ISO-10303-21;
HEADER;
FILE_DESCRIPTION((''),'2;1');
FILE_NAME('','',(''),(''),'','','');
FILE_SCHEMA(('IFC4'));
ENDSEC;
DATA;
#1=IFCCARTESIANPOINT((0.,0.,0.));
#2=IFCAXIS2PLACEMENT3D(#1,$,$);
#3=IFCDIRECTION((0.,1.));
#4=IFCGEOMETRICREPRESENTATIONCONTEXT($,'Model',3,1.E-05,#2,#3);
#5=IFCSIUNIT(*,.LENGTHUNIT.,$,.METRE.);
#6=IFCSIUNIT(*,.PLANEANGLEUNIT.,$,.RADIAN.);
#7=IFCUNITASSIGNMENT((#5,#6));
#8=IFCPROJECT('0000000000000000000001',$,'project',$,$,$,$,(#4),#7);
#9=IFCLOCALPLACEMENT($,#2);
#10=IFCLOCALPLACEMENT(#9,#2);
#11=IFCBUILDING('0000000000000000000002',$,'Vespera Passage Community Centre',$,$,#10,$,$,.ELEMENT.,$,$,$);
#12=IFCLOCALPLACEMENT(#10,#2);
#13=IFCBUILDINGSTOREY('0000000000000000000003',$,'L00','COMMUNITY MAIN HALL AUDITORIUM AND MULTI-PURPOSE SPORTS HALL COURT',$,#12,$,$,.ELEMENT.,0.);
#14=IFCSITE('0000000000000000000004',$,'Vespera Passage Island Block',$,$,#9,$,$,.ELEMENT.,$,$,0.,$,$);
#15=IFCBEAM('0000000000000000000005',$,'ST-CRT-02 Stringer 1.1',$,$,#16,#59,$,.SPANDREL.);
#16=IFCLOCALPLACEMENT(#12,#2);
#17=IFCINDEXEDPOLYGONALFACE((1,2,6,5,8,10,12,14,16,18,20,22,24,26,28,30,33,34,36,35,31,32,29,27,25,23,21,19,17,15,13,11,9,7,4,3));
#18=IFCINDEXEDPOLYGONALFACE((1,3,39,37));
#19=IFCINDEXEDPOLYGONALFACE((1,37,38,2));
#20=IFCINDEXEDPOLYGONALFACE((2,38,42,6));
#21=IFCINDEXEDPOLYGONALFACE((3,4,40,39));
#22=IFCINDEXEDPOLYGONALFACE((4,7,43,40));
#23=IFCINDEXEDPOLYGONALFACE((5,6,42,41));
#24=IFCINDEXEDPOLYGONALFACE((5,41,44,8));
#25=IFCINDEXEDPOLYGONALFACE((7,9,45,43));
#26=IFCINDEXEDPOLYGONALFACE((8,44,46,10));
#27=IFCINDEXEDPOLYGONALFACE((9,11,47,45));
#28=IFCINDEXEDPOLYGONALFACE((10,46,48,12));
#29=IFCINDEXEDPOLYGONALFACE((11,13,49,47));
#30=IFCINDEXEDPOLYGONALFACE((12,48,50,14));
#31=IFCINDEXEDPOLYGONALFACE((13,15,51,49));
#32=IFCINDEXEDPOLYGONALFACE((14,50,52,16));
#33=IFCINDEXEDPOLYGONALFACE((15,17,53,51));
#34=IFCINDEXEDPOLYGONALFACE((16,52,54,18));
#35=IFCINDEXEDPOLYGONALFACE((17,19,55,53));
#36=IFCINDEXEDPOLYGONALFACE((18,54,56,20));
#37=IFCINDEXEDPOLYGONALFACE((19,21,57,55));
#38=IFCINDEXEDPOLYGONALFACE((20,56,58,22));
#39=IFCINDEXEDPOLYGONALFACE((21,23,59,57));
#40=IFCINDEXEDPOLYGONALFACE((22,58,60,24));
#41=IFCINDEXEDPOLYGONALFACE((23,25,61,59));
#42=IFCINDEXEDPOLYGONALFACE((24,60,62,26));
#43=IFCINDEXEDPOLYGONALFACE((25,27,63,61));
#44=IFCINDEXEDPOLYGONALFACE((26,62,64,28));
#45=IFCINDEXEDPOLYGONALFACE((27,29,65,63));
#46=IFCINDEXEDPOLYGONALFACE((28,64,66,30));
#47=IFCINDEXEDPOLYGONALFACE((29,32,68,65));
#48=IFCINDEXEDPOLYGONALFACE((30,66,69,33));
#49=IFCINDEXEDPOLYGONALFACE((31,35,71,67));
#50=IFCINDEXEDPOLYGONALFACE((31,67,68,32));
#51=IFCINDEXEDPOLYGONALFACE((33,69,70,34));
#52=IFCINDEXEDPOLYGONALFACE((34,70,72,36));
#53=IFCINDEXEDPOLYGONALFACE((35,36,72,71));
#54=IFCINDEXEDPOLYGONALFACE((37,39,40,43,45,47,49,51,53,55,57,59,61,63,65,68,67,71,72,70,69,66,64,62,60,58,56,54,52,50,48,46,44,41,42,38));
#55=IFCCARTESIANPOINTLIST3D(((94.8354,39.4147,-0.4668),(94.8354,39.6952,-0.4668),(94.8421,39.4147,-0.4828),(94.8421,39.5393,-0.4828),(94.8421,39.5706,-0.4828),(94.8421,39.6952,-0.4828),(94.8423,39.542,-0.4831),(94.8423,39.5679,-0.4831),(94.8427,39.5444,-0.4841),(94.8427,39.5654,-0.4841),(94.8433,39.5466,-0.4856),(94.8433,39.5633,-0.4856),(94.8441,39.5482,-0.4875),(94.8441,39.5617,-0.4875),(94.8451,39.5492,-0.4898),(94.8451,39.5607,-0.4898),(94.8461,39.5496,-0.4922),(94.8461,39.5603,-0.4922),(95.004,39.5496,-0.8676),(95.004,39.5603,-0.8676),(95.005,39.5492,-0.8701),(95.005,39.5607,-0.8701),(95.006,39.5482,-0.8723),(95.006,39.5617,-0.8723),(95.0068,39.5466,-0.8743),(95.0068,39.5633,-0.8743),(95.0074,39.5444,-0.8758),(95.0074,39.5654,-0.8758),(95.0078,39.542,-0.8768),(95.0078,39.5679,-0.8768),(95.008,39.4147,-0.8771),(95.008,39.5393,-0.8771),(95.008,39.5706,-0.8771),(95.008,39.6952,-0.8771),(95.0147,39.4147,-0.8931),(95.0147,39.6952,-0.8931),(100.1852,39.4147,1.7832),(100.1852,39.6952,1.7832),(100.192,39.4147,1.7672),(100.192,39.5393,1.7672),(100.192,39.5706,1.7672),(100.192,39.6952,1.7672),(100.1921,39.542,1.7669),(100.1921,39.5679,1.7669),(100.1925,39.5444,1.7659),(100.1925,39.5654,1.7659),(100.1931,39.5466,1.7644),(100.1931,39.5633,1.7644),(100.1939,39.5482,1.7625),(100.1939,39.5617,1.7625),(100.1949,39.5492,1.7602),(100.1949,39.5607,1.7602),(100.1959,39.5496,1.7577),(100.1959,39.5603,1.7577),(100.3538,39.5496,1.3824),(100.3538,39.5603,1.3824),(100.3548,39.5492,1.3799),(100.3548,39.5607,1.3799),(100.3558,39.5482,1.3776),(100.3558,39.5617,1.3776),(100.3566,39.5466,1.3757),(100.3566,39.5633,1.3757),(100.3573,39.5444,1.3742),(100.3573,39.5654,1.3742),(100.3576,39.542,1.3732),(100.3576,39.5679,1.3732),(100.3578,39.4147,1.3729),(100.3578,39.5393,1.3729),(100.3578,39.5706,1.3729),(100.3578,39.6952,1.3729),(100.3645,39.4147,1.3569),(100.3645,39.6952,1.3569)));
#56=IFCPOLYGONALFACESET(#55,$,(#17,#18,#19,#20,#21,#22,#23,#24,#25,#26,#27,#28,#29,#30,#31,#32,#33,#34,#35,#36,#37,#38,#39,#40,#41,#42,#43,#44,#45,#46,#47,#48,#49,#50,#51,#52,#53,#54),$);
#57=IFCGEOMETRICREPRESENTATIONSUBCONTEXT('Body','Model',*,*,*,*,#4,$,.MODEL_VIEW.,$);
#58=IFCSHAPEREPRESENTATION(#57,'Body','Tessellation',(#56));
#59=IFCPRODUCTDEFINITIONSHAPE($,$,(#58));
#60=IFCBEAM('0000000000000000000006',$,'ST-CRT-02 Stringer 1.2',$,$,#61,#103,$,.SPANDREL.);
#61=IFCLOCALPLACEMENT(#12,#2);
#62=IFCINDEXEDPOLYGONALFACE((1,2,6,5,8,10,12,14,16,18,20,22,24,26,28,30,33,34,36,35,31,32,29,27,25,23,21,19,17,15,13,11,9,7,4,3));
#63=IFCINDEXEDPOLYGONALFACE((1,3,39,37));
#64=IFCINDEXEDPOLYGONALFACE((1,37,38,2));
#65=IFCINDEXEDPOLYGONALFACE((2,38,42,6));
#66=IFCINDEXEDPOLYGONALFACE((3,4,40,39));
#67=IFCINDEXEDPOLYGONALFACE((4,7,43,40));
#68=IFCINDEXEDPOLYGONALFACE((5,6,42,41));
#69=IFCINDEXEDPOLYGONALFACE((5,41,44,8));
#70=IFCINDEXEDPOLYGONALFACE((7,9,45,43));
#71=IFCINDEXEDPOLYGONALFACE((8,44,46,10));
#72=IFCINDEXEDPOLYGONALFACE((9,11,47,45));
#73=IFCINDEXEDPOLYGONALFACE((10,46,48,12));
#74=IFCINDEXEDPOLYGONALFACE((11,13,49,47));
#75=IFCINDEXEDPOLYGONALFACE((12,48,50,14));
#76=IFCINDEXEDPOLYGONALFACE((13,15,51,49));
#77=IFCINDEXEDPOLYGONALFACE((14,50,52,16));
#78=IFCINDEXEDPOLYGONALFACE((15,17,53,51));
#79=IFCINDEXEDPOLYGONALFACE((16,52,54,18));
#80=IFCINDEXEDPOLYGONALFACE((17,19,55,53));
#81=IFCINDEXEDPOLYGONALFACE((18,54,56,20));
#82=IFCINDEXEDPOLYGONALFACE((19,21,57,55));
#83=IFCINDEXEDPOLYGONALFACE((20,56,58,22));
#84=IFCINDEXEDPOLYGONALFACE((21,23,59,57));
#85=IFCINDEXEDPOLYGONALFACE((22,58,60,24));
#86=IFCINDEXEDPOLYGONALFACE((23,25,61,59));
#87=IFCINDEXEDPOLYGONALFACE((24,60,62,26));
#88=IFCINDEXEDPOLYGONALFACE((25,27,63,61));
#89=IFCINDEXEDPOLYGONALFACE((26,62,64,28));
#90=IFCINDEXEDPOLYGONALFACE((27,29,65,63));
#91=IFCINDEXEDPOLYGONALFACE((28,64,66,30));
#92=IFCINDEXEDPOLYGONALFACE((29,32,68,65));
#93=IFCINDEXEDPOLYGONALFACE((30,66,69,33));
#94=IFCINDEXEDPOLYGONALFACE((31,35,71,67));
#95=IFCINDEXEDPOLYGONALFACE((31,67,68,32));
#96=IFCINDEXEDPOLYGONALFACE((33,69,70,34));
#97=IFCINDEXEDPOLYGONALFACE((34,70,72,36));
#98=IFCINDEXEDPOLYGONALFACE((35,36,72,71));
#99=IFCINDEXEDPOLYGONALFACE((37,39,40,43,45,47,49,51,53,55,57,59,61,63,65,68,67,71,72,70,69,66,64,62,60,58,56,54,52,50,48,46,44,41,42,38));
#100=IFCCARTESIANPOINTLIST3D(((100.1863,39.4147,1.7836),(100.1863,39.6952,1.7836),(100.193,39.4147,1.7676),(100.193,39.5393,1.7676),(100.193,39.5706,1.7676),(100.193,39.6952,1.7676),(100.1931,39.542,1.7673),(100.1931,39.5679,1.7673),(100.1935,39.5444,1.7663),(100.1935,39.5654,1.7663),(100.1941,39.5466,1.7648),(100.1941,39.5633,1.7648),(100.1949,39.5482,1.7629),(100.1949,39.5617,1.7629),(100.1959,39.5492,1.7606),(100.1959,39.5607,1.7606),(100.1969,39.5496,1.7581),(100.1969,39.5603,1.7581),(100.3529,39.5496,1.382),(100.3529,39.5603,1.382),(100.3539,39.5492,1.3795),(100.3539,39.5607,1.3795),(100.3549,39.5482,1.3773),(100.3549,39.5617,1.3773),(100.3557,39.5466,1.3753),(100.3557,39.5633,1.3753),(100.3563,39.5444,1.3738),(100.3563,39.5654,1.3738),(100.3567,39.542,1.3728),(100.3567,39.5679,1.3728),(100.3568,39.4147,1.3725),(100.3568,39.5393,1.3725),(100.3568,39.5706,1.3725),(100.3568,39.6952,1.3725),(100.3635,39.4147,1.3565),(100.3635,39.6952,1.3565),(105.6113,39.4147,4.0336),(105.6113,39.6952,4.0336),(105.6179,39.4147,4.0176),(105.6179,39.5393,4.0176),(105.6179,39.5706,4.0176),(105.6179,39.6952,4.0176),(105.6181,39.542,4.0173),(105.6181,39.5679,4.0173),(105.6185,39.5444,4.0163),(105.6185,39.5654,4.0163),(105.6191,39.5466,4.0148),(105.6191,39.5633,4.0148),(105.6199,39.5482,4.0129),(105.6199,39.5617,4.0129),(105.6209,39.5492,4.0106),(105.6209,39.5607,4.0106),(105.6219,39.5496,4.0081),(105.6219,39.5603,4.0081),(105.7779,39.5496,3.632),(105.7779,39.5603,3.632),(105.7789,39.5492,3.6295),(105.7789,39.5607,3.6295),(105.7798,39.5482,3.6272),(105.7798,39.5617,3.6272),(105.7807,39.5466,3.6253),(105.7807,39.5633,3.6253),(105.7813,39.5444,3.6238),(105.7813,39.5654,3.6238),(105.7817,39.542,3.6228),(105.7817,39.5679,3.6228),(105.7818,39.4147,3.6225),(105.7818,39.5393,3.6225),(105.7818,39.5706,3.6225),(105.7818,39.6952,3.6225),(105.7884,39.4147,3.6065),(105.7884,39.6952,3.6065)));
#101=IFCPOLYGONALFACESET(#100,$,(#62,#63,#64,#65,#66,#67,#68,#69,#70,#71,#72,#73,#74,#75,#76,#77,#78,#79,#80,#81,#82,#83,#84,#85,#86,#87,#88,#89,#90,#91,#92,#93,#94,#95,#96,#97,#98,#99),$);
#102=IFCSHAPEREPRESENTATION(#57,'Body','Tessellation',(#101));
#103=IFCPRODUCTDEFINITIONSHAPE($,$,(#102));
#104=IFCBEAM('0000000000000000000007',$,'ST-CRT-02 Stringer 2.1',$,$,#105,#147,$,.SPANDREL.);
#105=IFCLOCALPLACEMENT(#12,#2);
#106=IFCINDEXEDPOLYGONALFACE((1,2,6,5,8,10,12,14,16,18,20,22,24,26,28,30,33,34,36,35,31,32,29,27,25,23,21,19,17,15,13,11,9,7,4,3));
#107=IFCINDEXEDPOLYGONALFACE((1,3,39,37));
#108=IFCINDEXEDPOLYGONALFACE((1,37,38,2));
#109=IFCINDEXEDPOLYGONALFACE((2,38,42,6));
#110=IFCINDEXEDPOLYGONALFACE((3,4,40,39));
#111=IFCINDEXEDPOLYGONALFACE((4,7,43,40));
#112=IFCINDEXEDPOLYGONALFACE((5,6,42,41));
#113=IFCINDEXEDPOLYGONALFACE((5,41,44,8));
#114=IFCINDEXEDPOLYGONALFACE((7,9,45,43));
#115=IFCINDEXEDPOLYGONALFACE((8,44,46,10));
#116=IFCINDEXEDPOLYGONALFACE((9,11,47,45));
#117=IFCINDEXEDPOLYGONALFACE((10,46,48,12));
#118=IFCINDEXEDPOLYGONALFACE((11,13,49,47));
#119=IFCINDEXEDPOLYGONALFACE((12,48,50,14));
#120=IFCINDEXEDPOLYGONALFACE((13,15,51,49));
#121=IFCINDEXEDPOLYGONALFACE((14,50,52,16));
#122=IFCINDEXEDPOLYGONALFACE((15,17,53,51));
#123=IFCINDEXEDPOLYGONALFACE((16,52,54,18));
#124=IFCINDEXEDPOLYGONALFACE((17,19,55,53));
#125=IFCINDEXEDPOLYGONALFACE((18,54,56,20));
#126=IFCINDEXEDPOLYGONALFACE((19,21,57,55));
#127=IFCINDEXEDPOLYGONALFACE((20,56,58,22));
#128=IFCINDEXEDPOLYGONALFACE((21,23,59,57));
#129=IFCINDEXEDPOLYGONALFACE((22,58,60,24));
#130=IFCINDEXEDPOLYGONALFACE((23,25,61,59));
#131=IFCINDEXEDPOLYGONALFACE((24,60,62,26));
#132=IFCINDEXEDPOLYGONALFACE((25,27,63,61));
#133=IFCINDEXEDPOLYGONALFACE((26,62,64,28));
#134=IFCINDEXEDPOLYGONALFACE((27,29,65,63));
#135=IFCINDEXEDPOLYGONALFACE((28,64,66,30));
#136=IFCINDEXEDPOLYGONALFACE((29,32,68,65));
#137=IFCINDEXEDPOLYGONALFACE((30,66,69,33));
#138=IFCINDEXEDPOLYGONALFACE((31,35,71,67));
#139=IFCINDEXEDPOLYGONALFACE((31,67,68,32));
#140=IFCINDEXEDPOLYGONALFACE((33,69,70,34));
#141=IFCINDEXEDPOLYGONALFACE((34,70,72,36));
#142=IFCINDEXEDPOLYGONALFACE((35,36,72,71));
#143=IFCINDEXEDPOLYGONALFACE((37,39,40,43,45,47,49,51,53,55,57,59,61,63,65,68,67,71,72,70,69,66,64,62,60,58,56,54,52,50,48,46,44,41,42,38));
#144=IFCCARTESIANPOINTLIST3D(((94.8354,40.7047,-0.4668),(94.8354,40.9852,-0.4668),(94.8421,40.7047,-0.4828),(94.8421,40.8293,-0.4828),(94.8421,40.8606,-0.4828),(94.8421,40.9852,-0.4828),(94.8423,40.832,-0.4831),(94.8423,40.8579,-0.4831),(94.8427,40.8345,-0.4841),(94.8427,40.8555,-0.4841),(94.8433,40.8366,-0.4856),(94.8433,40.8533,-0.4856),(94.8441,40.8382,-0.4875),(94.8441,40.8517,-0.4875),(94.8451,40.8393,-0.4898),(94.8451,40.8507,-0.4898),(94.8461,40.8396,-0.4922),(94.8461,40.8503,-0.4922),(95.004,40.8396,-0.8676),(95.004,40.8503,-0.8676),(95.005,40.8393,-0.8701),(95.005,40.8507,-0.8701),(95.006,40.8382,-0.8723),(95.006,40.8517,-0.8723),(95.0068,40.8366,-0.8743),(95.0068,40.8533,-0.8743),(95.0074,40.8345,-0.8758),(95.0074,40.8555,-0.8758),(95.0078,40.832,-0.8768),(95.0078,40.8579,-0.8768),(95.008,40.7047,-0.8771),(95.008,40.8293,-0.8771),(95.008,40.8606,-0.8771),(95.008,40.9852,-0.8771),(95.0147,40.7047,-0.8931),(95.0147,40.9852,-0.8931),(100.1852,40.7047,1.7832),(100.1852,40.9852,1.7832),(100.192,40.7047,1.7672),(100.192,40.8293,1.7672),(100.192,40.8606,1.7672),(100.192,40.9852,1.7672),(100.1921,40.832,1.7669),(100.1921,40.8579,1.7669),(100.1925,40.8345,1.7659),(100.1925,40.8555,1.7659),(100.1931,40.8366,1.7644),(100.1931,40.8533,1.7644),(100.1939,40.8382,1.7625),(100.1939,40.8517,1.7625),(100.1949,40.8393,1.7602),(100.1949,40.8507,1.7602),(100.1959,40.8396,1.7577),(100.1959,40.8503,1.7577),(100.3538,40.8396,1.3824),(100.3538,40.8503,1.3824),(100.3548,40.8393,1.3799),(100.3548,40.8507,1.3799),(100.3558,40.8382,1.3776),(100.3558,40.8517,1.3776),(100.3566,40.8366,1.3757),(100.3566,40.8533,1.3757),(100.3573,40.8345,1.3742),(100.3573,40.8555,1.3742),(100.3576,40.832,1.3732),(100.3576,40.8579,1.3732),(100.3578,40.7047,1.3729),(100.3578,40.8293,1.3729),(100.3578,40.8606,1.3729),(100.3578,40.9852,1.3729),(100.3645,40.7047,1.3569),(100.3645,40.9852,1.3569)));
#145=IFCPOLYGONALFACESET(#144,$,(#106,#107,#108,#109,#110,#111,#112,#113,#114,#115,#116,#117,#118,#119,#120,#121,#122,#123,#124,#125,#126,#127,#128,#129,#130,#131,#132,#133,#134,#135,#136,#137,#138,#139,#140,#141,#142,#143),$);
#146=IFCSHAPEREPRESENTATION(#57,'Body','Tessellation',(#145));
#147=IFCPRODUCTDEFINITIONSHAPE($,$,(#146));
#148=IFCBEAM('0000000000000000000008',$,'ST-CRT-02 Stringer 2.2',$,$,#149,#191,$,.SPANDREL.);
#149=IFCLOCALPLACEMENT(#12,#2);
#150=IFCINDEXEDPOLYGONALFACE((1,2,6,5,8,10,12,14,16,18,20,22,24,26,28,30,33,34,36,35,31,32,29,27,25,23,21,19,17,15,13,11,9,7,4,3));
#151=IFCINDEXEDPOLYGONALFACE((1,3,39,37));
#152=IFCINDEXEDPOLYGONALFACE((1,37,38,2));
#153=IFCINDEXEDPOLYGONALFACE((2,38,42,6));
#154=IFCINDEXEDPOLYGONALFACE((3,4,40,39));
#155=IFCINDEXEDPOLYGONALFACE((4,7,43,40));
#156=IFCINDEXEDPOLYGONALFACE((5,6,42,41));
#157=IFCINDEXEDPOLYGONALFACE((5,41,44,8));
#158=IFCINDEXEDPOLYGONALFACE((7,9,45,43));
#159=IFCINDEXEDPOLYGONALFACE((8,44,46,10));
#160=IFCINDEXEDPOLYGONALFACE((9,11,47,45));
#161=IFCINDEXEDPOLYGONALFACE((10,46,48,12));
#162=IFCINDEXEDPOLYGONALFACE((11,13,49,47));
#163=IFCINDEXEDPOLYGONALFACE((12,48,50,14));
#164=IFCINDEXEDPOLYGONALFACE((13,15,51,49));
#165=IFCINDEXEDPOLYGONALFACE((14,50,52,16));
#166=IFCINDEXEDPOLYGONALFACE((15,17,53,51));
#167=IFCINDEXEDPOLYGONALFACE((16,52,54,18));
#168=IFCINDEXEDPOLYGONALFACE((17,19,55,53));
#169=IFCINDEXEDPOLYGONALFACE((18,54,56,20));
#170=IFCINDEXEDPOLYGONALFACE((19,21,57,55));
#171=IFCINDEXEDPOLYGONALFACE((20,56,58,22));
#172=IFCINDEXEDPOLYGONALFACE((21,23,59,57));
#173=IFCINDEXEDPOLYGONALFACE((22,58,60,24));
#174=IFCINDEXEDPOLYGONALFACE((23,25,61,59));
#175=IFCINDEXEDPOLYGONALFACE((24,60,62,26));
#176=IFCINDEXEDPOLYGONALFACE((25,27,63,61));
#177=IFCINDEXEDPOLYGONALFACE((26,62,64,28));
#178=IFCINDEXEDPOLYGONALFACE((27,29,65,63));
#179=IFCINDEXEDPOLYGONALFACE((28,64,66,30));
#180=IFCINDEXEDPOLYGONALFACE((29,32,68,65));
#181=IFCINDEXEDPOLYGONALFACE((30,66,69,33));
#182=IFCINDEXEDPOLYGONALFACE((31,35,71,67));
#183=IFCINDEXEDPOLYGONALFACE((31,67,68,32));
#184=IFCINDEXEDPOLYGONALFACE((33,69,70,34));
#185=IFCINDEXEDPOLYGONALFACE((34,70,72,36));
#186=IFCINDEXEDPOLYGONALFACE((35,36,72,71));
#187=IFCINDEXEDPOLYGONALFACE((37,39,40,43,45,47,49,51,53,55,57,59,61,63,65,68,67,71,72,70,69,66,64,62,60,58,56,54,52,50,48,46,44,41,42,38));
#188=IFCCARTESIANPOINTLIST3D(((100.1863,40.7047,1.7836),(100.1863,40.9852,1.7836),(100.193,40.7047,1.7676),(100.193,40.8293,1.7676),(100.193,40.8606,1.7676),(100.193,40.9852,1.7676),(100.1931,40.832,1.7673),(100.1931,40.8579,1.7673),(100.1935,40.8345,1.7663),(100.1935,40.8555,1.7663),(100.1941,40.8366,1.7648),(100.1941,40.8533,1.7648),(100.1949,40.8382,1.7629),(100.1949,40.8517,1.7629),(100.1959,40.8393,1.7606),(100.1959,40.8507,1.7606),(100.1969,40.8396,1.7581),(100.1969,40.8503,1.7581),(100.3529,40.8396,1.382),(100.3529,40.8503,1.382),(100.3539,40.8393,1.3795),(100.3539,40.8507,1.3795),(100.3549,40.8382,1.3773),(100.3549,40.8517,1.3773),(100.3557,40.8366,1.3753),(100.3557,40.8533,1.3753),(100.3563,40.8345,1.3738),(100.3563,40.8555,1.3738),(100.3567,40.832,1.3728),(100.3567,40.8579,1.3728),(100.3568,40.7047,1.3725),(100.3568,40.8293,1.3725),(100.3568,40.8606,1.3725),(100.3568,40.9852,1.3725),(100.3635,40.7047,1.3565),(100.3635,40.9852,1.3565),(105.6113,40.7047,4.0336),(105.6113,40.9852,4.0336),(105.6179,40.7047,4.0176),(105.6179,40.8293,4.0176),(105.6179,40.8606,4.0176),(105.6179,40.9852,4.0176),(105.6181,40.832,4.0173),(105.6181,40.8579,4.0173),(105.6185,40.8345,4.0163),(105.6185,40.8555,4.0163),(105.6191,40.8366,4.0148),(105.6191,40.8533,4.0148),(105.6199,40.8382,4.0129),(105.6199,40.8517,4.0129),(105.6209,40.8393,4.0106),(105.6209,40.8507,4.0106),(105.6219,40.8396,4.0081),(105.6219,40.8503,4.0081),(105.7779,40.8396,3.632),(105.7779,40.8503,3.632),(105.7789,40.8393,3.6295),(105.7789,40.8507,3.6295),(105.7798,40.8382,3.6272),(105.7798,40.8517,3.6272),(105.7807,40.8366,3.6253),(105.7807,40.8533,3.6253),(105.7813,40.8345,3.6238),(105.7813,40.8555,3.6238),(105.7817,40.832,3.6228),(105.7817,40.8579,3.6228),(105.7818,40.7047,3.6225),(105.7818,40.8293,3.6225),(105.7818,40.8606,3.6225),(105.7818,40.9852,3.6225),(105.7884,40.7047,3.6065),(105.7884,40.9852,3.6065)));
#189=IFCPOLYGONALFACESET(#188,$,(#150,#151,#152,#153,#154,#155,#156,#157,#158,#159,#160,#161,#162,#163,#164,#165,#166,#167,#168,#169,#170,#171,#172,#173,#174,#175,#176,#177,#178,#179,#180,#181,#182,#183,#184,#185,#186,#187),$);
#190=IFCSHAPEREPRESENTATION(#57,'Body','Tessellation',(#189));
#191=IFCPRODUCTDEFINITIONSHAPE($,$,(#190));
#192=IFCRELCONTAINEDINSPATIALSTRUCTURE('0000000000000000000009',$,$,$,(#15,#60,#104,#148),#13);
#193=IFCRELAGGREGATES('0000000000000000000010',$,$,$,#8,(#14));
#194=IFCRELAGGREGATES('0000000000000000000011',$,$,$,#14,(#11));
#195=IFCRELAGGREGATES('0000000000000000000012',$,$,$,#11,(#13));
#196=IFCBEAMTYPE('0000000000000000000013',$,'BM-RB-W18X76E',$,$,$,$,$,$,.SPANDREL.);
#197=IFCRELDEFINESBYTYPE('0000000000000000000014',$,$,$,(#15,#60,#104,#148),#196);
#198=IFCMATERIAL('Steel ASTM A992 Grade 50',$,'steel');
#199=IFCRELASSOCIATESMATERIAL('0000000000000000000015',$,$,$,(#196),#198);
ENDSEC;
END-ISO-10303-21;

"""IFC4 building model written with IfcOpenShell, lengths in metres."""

from ifc_helpers import new_model, si_unit, direction, frame, origin, origin_2d, place, context, subcontext, project, spatial, i_section, extrude, material, material_profile, profile_set, type_object, element, save


model = new_model("IFC4")

# Units and contexts
model_context = context("Model", 3, precision=1e-05, world=origin(), true_north=direction((0.0, 1.0)))
body_context = subcontext(model_context, "Body", "Model", "MODEL_VIEW")
ifc_project = project(units=[si_unit("LENGTHUNIT", "METRE"), si_unit("PLANEANGLEUNIT", "RADIAN")], contexts=[model_context])

# Site, building, storey
site_placement = place(None, origin())
site = spatial("IfcSite", under=ifc_project, at=site_placement, Name="Vespera Passage Island Block", CompositionType="ELEMENT", RefElevation=0.0)
building_placement = place(site_placement, origin())
building = spatial("IfcBuilding", under=site, at=building_placement, Name="Vespera Passage Community Centre", CompositionType="ELEMENT")
storey_placement = place(building_placement, origin())
storey = spatial("IfcBuildingStorey", under=building, at=storey_placement, Name="L00", Description="COMMUNITY MAIN HALL AUDITORIUM AND MULTI-PURPOSE SPORTS HALL COURT", CompositionType="ELEMENT", Elevation=0.0)

# Beams
ifc_material_1 = material(Name="Steel ASTM A992 Grade 50", Category="steel")
ifc_material_profile_1 = material_profile(ifc_material_1, i_section(OverallWidth=0.2805, OverallDepth=0.4624, WebThickness=0.0107, FlangeThickness=0.0173, FilletRadius=0.0103, at=origin_2d()), Name="W18X76")
ifc_profile_set_1 = profile_set([ifc_material_profile_1], Name="Steel ASTM A992 Grade 50")
beam_type_1 = type_object("IfcBeamType", Name="BM-RB-W18X76E", PredefinedType="SPANDREL", material=ifc_profile_set_1)
beam_1_placement = place(storey_placement, frame((94.925, 39.5549, -0.6799), z_axis=(0.921794, 0.0, 0.387681), x_axis=(0.0, 1.0, 0.0)))
element("IfcBeam", 1, at=beam_1_placement, inside=storey, type_object=beam_type_1, Name="ST-CRT-02 Stringer 1.1", PredefinedType="SPANDREL", context=body_context, shape_type="SweptSolid", body=[
    extrude(i_section(OverallWidth=0.2805, OverallDepth=0.4624, WebThickness=0.0107, FlangeThickness=0.0173, FilletRadius=0.0103, at=origin_2d()), origin(), (0.0, 0.0, 1.0), 5.8037),
])
beam_2_placement = place(storey_placement, frame((100.2749, 39.5549, 1.5701), z_axis=(0.923707, 0.0, 0.383101), x_axis=(0.0, 1.0, 0.0)))
element("IfcBeam", 2, at=beam_2_placement, inside=storey, type_object=beam_type_1, Name="ST-CRT-02 Stringer 1.2", PredefinedType="SPANDREL", context=body_context, shape_type="SweptSolid", body=[
    extrude(i_section(OverallWidth=0.2805, OverallDepth=0.4624, WebThickness=0.0107, FlangeThickness=0.0173, FilletRadius=0.0103, at=origin_2d()), origin(), (0.0, 0.0, 1.0), 5.873),
])
beam_3_placement = place(storey_placement, frame((94.925, 40.845, -0.6799), z_axis=(0.921794, 0.0, 0.387681), x_axis=(0.0, 1.0, 0.0)))
element("IfcBeam", 3, at=beam_3_placement, inside=storey, type_object=beam_type_1, Name="ST-CRT-02 Stringer 2.1", PredefinedType="SPANDREL", context=body_context, shape_type="SweptSolid", body=[
    extrude(i_section(OverallWidth=0.2805, OverallDepth=0.4624, WebThickness=0.0107, FlangeThickness=0.0173, FilletRadius=0.0103, at=origin_2d()), origin(), (0.0, 0.0, 1.0), 5.8037),
])
beam_4_placement = place(storey_placement, frame((100.2749, 40.845, 1.5701), z_axis=(0.923707, 0.0, 0.383101), x_axis=(0.0, 1.0, 0.0)))
element("IfcBeam", 4, at=beam_4_placement, inside=storey, type_object=beam_type_1, Name="ST-CRT-02 Stringer 2.2", PredefinedType="SPANDREL", context=body_context, shape_type="SweptSolid", body=[
    extrude(i_section(OverallWidth=0.2805, OverallDepth=0.4624, WebThickness=0.0107, FlangeThickness=0.0173, FilletRadius=0.0103, at=origin_2d()), origin(), (0.0, 0.0, 1.0), 5.873),
])

save(model, "model.ifc")
